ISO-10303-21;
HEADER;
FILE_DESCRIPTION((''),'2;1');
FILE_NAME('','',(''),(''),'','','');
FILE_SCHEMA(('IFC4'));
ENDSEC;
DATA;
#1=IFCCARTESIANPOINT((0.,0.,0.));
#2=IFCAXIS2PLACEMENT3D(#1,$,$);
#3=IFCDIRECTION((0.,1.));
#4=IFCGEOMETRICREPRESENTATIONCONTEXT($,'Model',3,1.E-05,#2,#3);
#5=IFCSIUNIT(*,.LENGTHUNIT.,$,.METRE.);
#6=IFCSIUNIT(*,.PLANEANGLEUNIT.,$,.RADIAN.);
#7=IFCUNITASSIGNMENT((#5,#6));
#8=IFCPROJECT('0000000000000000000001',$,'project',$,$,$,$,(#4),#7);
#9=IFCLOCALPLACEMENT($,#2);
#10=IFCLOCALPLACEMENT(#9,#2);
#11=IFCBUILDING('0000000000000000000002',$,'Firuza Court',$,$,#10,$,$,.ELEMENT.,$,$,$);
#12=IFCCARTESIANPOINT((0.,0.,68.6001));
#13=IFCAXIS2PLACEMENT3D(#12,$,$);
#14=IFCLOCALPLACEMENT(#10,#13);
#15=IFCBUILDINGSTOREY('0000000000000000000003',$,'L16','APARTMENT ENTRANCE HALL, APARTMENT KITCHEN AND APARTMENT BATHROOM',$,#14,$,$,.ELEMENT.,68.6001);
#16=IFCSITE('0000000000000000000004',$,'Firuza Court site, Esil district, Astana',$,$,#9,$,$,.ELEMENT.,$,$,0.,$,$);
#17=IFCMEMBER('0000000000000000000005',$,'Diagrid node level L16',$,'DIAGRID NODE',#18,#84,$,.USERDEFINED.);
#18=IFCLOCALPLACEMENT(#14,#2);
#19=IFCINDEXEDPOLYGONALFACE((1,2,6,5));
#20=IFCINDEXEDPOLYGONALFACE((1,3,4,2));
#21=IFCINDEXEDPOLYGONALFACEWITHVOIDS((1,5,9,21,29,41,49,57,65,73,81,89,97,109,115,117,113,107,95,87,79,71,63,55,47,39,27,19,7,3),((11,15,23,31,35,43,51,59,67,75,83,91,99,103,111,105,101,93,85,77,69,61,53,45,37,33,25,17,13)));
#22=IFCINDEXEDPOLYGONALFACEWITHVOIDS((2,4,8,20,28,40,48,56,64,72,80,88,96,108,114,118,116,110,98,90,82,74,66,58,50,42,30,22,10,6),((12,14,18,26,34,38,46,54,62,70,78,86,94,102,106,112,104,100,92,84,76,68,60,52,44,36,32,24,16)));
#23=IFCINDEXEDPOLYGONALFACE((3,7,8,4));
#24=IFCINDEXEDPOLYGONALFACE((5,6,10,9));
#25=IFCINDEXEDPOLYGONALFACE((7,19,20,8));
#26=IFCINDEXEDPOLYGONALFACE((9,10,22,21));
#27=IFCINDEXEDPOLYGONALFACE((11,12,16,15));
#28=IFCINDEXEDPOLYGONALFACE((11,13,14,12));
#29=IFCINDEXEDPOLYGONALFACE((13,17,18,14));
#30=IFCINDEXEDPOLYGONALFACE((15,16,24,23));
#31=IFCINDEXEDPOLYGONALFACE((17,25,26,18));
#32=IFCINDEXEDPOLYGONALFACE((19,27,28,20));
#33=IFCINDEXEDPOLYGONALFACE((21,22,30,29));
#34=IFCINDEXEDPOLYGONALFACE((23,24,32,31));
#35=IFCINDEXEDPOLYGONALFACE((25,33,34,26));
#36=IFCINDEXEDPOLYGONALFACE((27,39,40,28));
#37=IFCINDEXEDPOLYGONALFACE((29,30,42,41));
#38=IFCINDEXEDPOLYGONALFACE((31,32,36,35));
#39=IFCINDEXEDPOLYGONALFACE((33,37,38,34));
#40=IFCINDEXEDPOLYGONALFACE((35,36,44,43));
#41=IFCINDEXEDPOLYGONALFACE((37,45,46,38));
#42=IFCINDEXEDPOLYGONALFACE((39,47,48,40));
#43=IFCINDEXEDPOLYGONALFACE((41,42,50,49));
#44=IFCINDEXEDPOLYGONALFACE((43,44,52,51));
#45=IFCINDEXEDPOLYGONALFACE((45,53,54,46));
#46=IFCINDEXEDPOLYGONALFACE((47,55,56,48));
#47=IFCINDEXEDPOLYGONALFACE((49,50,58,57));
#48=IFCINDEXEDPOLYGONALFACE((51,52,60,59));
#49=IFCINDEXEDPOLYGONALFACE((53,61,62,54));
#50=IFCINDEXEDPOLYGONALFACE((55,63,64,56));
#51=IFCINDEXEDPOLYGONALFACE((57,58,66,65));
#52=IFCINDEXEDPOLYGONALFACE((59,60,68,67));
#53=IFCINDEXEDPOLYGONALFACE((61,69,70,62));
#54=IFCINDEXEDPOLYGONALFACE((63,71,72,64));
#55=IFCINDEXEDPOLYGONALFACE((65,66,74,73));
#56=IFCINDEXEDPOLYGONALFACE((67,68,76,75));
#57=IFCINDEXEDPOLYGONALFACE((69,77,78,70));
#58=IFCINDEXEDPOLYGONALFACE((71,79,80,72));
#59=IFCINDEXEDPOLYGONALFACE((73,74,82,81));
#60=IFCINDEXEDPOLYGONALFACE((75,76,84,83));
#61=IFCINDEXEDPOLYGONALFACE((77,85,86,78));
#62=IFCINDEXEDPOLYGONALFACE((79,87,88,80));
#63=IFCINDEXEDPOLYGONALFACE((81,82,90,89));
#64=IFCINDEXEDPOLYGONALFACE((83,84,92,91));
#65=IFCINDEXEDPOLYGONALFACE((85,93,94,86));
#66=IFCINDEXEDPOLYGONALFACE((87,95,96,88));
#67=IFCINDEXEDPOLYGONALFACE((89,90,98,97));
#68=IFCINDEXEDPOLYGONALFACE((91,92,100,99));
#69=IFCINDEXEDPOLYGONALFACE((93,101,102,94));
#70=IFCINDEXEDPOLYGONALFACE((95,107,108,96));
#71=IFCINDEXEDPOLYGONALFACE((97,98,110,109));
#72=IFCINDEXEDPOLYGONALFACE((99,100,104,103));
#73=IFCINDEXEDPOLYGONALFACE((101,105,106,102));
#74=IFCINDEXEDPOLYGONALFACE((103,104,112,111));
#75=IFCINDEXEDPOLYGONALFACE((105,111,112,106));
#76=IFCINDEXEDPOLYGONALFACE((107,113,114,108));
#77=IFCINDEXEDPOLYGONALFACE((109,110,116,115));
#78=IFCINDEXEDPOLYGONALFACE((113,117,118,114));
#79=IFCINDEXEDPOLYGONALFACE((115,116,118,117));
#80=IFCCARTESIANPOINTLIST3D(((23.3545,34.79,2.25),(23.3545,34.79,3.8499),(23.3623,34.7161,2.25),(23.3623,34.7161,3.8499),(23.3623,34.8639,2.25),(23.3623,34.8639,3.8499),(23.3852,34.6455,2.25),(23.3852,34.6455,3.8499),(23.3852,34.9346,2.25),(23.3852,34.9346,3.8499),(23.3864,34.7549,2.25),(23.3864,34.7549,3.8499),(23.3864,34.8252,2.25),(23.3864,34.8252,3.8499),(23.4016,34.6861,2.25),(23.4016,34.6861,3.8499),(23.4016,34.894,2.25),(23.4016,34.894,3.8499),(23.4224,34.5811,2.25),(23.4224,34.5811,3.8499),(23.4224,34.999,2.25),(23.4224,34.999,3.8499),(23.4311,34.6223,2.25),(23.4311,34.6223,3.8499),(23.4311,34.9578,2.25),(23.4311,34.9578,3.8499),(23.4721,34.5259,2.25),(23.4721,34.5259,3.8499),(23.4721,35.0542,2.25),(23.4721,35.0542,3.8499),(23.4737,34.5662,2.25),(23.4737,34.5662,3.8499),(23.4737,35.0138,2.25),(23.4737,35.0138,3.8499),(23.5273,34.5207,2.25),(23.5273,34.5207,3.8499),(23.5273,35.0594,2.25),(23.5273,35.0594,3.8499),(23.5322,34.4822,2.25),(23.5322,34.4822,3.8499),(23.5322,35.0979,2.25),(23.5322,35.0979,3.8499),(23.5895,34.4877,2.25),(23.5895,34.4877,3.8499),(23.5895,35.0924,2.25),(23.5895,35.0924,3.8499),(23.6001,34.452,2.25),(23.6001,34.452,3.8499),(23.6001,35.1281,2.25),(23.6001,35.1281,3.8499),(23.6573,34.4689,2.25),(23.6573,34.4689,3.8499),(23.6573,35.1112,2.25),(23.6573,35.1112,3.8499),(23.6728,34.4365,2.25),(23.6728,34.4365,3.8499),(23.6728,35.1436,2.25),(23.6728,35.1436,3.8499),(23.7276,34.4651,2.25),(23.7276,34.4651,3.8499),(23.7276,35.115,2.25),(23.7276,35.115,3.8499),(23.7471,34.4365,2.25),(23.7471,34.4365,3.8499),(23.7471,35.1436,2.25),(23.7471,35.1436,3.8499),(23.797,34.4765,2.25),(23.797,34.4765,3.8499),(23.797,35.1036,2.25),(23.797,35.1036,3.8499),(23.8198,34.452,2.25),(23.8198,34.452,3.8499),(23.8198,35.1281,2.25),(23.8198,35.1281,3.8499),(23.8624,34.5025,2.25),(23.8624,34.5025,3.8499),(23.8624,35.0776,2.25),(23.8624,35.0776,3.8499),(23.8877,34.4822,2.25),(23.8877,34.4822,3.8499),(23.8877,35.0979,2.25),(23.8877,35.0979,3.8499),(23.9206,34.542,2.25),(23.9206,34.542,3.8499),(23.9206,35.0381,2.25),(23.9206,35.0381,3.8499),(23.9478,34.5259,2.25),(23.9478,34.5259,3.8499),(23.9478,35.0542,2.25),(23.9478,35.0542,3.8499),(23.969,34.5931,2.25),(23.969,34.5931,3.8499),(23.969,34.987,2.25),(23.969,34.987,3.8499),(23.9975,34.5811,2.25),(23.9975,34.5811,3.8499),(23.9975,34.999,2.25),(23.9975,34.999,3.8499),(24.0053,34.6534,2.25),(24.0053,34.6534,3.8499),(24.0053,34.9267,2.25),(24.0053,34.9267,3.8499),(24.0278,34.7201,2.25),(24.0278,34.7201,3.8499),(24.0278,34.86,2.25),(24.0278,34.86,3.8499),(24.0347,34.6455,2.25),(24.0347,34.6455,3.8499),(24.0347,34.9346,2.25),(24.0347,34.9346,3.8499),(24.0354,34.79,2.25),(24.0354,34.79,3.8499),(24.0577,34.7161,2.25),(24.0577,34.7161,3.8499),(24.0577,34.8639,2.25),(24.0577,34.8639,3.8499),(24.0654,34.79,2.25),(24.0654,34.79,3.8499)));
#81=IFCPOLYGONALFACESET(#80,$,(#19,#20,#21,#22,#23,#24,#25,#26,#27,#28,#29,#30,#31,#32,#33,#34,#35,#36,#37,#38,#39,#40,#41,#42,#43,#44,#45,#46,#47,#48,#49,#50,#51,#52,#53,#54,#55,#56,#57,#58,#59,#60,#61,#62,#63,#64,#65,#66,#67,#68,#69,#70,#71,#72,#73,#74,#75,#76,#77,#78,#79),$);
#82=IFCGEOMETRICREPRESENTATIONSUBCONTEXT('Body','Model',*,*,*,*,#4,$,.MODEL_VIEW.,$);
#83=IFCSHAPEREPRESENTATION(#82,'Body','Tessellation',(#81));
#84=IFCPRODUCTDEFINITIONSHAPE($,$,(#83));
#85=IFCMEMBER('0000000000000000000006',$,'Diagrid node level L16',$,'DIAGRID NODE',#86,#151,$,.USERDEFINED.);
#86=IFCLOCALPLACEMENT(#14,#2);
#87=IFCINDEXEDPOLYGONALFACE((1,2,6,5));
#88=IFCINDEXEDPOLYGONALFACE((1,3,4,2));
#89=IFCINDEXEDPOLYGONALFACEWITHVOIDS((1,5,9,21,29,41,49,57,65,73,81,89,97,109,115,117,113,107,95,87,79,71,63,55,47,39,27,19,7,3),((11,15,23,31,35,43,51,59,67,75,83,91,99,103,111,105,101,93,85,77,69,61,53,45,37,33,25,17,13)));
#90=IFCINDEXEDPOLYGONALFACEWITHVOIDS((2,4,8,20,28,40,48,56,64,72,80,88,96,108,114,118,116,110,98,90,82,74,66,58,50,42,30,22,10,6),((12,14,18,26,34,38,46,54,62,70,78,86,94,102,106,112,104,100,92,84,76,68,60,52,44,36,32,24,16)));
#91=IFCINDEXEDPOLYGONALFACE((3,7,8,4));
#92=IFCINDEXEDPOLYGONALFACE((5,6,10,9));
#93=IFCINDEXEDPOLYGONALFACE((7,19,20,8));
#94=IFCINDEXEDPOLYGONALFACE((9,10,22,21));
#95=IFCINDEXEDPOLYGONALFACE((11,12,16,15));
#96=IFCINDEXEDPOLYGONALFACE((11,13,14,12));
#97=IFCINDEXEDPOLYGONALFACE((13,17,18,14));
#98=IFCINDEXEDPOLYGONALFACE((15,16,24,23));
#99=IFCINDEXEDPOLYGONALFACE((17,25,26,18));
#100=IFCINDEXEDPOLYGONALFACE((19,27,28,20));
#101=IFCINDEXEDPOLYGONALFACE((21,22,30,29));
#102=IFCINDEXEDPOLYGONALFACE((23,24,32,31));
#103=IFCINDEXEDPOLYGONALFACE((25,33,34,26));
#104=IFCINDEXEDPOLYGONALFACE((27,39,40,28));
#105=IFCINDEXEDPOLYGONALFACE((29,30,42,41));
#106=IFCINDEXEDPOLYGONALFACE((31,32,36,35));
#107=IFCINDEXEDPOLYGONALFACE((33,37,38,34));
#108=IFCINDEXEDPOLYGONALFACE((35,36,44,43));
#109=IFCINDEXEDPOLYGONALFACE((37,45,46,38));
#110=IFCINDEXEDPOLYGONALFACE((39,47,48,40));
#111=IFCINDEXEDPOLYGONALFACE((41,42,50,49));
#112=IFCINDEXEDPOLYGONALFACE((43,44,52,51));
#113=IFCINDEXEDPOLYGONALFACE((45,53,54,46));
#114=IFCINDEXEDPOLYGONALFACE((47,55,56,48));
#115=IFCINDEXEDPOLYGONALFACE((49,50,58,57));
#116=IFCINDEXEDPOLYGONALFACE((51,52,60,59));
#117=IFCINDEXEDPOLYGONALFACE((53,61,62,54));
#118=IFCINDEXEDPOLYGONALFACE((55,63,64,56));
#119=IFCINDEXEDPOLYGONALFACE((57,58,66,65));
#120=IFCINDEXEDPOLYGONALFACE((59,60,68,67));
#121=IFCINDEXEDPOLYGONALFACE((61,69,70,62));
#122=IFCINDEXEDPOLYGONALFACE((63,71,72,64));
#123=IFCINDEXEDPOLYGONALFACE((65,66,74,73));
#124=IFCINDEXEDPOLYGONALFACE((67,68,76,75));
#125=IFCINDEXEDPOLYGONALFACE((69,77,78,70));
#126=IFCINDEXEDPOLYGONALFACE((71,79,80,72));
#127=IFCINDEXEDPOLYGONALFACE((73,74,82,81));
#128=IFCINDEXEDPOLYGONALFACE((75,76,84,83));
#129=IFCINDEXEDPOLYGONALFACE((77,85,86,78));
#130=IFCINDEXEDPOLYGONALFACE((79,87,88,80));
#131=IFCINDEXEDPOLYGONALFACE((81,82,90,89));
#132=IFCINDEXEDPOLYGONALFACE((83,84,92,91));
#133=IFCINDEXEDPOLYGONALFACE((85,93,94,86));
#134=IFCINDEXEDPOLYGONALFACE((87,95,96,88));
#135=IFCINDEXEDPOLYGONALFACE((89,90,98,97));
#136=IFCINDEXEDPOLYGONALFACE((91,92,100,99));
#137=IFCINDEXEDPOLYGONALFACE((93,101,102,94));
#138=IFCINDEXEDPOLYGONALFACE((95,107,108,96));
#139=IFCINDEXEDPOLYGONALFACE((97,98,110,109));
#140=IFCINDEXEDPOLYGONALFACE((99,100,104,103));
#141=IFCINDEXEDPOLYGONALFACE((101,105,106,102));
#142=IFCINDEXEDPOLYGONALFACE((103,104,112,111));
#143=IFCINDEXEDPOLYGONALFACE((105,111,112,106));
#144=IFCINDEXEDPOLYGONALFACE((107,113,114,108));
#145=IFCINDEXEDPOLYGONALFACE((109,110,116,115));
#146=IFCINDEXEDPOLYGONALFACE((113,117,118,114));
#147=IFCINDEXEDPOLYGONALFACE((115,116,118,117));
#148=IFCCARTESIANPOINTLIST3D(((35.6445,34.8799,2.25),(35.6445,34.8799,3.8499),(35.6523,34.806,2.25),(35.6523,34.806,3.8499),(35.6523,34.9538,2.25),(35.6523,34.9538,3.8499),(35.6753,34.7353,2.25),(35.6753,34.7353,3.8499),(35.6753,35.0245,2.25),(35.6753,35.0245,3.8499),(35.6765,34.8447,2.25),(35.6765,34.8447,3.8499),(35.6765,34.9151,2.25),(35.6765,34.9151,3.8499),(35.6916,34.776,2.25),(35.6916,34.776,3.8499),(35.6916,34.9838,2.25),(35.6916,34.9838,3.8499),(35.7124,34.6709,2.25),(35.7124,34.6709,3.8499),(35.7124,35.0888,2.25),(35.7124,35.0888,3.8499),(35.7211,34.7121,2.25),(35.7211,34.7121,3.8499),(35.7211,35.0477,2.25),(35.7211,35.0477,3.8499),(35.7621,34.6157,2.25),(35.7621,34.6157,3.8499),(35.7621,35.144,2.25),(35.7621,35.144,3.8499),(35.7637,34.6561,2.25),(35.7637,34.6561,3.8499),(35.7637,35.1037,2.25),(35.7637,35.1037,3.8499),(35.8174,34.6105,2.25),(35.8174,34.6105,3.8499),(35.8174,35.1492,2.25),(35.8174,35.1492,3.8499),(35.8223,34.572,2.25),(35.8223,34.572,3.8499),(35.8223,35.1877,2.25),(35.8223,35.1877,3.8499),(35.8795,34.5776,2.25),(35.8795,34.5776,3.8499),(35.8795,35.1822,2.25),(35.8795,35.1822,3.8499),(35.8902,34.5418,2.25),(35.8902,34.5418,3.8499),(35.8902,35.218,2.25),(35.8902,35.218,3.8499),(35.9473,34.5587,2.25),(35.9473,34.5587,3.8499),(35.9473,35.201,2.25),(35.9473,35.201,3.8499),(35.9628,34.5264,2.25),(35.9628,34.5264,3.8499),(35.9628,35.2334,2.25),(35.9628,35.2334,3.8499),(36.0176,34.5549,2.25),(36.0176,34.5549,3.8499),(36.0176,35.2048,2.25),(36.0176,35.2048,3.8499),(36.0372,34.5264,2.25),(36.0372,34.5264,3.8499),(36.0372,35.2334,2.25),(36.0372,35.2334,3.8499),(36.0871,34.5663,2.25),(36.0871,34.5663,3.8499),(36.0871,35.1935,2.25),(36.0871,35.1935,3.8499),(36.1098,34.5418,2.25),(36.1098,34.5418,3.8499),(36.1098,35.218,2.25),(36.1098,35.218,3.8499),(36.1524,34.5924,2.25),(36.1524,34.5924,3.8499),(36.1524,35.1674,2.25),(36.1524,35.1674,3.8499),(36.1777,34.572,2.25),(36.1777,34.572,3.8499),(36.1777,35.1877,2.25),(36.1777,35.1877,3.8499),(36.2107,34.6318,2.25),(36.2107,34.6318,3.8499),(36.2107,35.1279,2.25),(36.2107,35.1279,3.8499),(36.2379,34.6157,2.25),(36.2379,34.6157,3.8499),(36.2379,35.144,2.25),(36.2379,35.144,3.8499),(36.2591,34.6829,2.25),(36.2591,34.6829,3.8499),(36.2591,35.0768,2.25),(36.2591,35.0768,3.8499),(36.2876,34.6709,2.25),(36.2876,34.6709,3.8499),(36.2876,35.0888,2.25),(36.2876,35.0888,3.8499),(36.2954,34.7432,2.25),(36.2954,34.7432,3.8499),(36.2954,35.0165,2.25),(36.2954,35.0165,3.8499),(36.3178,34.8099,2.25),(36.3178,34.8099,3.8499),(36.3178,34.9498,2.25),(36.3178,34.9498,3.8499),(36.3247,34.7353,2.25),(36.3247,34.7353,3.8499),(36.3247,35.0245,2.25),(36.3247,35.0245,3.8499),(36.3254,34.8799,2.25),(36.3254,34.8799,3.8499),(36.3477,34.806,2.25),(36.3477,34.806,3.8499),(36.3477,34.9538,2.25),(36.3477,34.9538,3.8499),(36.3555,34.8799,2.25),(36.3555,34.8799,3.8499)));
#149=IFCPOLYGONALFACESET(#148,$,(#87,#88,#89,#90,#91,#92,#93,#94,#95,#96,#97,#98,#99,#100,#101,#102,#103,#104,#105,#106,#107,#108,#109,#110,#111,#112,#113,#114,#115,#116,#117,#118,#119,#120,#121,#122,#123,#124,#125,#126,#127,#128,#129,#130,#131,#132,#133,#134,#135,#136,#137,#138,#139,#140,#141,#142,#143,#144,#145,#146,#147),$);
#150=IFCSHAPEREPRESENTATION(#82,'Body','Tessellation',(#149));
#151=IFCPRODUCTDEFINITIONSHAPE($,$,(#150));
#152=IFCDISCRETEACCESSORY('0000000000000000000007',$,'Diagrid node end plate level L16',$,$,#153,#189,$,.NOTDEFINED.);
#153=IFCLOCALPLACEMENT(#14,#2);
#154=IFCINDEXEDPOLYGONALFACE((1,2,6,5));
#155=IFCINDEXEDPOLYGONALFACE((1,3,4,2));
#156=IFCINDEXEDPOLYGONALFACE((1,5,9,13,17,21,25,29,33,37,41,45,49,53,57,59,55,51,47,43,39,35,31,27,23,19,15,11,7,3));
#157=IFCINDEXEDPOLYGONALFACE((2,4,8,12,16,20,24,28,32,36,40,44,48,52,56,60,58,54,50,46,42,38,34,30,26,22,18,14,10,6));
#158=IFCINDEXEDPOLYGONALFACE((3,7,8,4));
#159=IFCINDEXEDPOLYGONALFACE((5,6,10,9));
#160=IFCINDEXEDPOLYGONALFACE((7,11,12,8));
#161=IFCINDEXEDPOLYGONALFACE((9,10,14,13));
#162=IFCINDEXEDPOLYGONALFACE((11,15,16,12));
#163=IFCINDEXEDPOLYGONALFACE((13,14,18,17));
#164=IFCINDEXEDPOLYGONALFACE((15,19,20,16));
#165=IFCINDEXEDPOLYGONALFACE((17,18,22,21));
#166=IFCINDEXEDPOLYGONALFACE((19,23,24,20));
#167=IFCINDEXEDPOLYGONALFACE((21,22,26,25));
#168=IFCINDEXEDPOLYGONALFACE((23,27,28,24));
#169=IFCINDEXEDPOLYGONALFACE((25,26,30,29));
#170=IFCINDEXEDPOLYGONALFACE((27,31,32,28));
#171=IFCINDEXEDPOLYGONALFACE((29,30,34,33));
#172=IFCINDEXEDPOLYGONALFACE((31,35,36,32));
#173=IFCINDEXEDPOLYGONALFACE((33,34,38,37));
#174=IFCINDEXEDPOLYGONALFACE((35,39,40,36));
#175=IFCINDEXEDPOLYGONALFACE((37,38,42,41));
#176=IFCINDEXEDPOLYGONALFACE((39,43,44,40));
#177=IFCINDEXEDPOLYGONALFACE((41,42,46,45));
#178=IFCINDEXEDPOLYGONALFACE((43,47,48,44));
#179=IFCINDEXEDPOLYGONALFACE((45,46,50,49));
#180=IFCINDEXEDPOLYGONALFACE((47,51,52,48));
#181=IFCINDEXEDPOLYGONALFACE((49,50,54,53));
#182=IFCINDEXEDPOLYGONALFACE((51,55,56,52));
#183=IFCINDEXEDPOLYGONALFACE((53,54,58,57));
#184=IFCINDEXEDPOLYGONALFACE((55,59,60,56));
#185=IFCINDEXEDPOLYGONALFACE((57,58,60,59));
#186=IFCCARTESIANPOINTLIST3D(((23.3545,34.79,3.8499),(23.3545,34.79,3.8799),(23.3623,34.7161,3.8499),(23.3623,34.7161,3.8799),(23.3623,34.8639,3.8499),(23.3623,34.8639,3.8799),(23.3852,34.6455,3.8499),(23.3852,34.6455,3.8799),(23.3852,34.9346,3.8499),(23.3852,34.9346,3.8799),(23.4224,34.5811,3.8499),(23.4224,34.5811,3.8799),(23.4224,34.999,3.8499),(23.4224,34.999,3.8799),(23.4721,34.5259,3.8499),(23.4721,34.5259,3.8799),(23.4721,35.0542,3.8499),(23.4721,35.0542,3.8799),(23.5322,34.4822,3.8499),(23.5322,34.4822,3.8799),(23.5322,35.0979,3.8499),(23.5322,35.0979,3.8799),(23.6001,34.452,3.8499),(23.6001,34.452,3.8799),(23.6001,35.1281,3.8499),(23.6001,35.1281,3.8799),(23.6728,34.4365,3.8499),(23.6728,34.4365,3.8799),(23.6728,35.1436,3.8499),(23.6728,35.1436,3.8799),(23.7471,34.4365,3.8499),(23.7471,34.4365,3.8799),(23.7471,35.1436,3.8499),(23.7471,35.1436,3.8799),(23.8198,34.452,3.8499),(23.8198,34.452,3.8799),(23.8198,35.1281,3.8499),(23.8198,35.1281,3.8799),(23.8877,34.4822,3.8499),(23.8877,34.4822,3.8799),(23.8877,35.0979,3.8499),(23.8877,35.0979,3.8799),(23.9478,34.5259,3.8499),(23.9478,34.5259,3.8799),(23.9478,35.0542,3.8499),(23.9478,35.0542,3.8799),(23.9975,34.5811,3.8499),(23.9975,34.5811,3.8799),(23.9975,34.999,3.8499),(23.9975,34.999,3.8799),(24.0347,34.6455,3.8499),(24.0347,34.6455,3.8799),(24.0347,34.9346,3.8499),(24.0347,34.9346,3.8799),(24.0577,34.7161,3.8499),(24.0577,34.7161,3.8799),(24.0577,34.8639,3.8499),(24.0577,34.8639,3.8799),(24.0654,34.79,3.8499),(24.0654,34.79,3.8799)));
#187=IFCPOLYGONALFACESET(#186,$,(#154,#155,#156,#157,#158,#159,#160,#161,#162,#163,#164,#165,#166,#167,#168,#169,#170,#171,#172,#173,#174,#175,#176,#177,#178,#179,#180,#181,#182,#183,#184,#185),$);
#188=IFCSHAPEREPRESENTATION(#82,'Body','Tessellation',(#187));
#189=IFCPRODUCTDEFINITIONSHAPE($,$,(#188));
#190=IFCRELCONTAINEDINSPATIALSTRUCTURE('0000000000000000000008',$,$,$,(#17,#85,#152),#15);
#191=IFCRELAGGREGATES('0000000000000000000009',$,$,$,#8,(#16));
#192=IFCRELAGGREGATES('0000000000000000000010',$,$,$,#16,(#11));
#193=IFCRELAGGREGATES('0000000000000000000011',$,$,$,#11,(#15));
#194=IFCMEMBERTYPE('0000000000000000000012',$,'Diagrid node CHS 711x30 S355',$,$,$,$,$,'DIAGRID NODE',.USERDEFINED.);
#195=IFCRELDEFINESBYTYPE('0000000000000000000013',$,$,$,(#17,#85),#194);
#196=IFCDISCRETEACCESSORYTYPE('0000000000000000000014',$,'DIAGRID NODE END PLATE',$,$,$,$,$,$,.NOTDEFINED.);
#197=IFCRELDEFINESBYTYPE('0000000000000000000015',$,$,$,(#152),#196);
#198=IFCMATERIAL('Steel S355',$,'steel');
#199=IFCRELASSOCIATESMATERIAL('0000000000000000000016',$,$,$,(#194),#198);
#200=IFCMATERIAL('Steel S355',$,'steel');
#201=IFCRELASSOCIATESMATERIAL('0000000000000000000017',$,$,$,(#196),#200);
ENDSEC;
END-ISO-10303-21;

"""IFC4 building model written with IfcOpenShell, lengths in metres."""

from ifc_helpers import new_model, si_unit, direction, frame, origin, origin_2d, place, context, subcontext, project, spatial, circle, hollow_circle, extrude, material, material_profile, profile_set, type_object, element, save


model = new_model("IFC4")

# Units and contexts
model_context = context("Model", 3, precision=1e-05, world=origin(), true_north=direction((0.0, 1.0)))
body_context = subcontext(model_context, "Body", "Model", "MODEL_VIEW")
ifc_project = project(units=[si_unit("LENGTHUNIT", "METRE"), si_unit("PLANEANGLEUNIT", "RADIAN")], contexts=[model_context])

# Site, building, storey
site_placement = place(None, origin())
site = spatial("IfcSite", under=ifc_project, at=site_placement, Name="Firuza Court site, Esil district, Astana", CompositionType="ELEMENT", RefElevation=0.0)
building_placement = place(site_placement, origin())
building = spatial("IfcBuilding", under=site, at=building_placement, Name="Firuza Court", CompositionType="ELEMENT")
storey_placement = place(building_placement, frame((0.0, 0.0, 68.6001)))
storey = spatial("IfcBuildingStorey", under=building, at=storey_placement, Name="L16", Description="APARTMENT ENTRANCE HALL, APARTMENT KITCHEN AND APARTMENT BATHROOM", CompositionType="ELEMENT", Elevation=68.6001)

# Members
ifc_material_1 = material(Name="Steel S355", Category="steel")
ifc_material_profile_1 = material_profile(ifc_material_1, hollow_circle(Radius=0.3555, WallThickness=0.03, at=origin_2d()), Name="CHS 711x30")
ifc_profile_set_1 = profile_set([ifc_material_profile_1], Name="Steel S355")
member_type = type_object("IfcMemberType", Name="Diagrid node CHS 711x30 S355", ElementType="DIAGRID NODE", PredefinedType="USERDEFINED", material=ifc_profile_set_1)
for number, where, z_axis, x_axis, name in (
    (1, (23.71, 34.79, 2.25), (0.0, 0.0, 1.0), (1.0, 0.0, 0.0), "Diagrid node level L16"),
    (2, (36.0, 34.8799, 2.25), (0.0, 0.0, 1.0), (1.0, 0.0, 0.0), "Diagrid node level L16"),
):
    element("IfcMember", number, at=place(storey_placement, frame(where, z_axis=z_axis, x_axis=x_axis)), inside=storey, type_object=member_type, Name=name, ObjectType="DIAGRID NODE", PredefinedType="USERDEFINED", context=body_context, shape_type="SweptSolid", body=[
        extrude(hollow_circle(Radius=0.3555, WallThickness=0.03, at=origin_2d()), origin(), (0.0, 0.0, 1.0), 1.5999),
    ])

# Discrete accessory
ifc_material_2 = material(Name="Steel S355", Category="steel")
ifc_material_profile_2 = material_profile(ifc_material_2, circle(Radius=0.3555, at=origin_2d()), Name="PL D711")
ifc_profile_set_2 = profile_set([ifc_material_profile_2], Name="Steel S355")
discrete_accessory_type = type_object("IfcDiscreteAccessoryType", Name="DIAGRID NODE END PLATE", PredefinedType="NOTDEFINED", material=ifc_profile_set_2)
for number, where, z_axis, x_axis, name in (
    (3, (23.71, 34.79, 3.8499), (0.0, 0.0, 1.0), (1.0, 0.0, 0.0), "Diagrid node end plate level L16"),
):
    element("IfcDiscreteAccessory", number, at=place(storey_placement, frame(where, z_axis=z_axis, x_axis=x_axis)), inside=storey, type_object=discrete_accessory_type, Name=name, PredefinedType="NOTDEFINED", context=body_context, shape_type="SweptSolid", body=[
        extrude(circle(Radius=0.3555, at=origin_2d()), origin(), (0.0, 0.0, 1.0), 0.03),
    ])

save(model, "model.ifc")
